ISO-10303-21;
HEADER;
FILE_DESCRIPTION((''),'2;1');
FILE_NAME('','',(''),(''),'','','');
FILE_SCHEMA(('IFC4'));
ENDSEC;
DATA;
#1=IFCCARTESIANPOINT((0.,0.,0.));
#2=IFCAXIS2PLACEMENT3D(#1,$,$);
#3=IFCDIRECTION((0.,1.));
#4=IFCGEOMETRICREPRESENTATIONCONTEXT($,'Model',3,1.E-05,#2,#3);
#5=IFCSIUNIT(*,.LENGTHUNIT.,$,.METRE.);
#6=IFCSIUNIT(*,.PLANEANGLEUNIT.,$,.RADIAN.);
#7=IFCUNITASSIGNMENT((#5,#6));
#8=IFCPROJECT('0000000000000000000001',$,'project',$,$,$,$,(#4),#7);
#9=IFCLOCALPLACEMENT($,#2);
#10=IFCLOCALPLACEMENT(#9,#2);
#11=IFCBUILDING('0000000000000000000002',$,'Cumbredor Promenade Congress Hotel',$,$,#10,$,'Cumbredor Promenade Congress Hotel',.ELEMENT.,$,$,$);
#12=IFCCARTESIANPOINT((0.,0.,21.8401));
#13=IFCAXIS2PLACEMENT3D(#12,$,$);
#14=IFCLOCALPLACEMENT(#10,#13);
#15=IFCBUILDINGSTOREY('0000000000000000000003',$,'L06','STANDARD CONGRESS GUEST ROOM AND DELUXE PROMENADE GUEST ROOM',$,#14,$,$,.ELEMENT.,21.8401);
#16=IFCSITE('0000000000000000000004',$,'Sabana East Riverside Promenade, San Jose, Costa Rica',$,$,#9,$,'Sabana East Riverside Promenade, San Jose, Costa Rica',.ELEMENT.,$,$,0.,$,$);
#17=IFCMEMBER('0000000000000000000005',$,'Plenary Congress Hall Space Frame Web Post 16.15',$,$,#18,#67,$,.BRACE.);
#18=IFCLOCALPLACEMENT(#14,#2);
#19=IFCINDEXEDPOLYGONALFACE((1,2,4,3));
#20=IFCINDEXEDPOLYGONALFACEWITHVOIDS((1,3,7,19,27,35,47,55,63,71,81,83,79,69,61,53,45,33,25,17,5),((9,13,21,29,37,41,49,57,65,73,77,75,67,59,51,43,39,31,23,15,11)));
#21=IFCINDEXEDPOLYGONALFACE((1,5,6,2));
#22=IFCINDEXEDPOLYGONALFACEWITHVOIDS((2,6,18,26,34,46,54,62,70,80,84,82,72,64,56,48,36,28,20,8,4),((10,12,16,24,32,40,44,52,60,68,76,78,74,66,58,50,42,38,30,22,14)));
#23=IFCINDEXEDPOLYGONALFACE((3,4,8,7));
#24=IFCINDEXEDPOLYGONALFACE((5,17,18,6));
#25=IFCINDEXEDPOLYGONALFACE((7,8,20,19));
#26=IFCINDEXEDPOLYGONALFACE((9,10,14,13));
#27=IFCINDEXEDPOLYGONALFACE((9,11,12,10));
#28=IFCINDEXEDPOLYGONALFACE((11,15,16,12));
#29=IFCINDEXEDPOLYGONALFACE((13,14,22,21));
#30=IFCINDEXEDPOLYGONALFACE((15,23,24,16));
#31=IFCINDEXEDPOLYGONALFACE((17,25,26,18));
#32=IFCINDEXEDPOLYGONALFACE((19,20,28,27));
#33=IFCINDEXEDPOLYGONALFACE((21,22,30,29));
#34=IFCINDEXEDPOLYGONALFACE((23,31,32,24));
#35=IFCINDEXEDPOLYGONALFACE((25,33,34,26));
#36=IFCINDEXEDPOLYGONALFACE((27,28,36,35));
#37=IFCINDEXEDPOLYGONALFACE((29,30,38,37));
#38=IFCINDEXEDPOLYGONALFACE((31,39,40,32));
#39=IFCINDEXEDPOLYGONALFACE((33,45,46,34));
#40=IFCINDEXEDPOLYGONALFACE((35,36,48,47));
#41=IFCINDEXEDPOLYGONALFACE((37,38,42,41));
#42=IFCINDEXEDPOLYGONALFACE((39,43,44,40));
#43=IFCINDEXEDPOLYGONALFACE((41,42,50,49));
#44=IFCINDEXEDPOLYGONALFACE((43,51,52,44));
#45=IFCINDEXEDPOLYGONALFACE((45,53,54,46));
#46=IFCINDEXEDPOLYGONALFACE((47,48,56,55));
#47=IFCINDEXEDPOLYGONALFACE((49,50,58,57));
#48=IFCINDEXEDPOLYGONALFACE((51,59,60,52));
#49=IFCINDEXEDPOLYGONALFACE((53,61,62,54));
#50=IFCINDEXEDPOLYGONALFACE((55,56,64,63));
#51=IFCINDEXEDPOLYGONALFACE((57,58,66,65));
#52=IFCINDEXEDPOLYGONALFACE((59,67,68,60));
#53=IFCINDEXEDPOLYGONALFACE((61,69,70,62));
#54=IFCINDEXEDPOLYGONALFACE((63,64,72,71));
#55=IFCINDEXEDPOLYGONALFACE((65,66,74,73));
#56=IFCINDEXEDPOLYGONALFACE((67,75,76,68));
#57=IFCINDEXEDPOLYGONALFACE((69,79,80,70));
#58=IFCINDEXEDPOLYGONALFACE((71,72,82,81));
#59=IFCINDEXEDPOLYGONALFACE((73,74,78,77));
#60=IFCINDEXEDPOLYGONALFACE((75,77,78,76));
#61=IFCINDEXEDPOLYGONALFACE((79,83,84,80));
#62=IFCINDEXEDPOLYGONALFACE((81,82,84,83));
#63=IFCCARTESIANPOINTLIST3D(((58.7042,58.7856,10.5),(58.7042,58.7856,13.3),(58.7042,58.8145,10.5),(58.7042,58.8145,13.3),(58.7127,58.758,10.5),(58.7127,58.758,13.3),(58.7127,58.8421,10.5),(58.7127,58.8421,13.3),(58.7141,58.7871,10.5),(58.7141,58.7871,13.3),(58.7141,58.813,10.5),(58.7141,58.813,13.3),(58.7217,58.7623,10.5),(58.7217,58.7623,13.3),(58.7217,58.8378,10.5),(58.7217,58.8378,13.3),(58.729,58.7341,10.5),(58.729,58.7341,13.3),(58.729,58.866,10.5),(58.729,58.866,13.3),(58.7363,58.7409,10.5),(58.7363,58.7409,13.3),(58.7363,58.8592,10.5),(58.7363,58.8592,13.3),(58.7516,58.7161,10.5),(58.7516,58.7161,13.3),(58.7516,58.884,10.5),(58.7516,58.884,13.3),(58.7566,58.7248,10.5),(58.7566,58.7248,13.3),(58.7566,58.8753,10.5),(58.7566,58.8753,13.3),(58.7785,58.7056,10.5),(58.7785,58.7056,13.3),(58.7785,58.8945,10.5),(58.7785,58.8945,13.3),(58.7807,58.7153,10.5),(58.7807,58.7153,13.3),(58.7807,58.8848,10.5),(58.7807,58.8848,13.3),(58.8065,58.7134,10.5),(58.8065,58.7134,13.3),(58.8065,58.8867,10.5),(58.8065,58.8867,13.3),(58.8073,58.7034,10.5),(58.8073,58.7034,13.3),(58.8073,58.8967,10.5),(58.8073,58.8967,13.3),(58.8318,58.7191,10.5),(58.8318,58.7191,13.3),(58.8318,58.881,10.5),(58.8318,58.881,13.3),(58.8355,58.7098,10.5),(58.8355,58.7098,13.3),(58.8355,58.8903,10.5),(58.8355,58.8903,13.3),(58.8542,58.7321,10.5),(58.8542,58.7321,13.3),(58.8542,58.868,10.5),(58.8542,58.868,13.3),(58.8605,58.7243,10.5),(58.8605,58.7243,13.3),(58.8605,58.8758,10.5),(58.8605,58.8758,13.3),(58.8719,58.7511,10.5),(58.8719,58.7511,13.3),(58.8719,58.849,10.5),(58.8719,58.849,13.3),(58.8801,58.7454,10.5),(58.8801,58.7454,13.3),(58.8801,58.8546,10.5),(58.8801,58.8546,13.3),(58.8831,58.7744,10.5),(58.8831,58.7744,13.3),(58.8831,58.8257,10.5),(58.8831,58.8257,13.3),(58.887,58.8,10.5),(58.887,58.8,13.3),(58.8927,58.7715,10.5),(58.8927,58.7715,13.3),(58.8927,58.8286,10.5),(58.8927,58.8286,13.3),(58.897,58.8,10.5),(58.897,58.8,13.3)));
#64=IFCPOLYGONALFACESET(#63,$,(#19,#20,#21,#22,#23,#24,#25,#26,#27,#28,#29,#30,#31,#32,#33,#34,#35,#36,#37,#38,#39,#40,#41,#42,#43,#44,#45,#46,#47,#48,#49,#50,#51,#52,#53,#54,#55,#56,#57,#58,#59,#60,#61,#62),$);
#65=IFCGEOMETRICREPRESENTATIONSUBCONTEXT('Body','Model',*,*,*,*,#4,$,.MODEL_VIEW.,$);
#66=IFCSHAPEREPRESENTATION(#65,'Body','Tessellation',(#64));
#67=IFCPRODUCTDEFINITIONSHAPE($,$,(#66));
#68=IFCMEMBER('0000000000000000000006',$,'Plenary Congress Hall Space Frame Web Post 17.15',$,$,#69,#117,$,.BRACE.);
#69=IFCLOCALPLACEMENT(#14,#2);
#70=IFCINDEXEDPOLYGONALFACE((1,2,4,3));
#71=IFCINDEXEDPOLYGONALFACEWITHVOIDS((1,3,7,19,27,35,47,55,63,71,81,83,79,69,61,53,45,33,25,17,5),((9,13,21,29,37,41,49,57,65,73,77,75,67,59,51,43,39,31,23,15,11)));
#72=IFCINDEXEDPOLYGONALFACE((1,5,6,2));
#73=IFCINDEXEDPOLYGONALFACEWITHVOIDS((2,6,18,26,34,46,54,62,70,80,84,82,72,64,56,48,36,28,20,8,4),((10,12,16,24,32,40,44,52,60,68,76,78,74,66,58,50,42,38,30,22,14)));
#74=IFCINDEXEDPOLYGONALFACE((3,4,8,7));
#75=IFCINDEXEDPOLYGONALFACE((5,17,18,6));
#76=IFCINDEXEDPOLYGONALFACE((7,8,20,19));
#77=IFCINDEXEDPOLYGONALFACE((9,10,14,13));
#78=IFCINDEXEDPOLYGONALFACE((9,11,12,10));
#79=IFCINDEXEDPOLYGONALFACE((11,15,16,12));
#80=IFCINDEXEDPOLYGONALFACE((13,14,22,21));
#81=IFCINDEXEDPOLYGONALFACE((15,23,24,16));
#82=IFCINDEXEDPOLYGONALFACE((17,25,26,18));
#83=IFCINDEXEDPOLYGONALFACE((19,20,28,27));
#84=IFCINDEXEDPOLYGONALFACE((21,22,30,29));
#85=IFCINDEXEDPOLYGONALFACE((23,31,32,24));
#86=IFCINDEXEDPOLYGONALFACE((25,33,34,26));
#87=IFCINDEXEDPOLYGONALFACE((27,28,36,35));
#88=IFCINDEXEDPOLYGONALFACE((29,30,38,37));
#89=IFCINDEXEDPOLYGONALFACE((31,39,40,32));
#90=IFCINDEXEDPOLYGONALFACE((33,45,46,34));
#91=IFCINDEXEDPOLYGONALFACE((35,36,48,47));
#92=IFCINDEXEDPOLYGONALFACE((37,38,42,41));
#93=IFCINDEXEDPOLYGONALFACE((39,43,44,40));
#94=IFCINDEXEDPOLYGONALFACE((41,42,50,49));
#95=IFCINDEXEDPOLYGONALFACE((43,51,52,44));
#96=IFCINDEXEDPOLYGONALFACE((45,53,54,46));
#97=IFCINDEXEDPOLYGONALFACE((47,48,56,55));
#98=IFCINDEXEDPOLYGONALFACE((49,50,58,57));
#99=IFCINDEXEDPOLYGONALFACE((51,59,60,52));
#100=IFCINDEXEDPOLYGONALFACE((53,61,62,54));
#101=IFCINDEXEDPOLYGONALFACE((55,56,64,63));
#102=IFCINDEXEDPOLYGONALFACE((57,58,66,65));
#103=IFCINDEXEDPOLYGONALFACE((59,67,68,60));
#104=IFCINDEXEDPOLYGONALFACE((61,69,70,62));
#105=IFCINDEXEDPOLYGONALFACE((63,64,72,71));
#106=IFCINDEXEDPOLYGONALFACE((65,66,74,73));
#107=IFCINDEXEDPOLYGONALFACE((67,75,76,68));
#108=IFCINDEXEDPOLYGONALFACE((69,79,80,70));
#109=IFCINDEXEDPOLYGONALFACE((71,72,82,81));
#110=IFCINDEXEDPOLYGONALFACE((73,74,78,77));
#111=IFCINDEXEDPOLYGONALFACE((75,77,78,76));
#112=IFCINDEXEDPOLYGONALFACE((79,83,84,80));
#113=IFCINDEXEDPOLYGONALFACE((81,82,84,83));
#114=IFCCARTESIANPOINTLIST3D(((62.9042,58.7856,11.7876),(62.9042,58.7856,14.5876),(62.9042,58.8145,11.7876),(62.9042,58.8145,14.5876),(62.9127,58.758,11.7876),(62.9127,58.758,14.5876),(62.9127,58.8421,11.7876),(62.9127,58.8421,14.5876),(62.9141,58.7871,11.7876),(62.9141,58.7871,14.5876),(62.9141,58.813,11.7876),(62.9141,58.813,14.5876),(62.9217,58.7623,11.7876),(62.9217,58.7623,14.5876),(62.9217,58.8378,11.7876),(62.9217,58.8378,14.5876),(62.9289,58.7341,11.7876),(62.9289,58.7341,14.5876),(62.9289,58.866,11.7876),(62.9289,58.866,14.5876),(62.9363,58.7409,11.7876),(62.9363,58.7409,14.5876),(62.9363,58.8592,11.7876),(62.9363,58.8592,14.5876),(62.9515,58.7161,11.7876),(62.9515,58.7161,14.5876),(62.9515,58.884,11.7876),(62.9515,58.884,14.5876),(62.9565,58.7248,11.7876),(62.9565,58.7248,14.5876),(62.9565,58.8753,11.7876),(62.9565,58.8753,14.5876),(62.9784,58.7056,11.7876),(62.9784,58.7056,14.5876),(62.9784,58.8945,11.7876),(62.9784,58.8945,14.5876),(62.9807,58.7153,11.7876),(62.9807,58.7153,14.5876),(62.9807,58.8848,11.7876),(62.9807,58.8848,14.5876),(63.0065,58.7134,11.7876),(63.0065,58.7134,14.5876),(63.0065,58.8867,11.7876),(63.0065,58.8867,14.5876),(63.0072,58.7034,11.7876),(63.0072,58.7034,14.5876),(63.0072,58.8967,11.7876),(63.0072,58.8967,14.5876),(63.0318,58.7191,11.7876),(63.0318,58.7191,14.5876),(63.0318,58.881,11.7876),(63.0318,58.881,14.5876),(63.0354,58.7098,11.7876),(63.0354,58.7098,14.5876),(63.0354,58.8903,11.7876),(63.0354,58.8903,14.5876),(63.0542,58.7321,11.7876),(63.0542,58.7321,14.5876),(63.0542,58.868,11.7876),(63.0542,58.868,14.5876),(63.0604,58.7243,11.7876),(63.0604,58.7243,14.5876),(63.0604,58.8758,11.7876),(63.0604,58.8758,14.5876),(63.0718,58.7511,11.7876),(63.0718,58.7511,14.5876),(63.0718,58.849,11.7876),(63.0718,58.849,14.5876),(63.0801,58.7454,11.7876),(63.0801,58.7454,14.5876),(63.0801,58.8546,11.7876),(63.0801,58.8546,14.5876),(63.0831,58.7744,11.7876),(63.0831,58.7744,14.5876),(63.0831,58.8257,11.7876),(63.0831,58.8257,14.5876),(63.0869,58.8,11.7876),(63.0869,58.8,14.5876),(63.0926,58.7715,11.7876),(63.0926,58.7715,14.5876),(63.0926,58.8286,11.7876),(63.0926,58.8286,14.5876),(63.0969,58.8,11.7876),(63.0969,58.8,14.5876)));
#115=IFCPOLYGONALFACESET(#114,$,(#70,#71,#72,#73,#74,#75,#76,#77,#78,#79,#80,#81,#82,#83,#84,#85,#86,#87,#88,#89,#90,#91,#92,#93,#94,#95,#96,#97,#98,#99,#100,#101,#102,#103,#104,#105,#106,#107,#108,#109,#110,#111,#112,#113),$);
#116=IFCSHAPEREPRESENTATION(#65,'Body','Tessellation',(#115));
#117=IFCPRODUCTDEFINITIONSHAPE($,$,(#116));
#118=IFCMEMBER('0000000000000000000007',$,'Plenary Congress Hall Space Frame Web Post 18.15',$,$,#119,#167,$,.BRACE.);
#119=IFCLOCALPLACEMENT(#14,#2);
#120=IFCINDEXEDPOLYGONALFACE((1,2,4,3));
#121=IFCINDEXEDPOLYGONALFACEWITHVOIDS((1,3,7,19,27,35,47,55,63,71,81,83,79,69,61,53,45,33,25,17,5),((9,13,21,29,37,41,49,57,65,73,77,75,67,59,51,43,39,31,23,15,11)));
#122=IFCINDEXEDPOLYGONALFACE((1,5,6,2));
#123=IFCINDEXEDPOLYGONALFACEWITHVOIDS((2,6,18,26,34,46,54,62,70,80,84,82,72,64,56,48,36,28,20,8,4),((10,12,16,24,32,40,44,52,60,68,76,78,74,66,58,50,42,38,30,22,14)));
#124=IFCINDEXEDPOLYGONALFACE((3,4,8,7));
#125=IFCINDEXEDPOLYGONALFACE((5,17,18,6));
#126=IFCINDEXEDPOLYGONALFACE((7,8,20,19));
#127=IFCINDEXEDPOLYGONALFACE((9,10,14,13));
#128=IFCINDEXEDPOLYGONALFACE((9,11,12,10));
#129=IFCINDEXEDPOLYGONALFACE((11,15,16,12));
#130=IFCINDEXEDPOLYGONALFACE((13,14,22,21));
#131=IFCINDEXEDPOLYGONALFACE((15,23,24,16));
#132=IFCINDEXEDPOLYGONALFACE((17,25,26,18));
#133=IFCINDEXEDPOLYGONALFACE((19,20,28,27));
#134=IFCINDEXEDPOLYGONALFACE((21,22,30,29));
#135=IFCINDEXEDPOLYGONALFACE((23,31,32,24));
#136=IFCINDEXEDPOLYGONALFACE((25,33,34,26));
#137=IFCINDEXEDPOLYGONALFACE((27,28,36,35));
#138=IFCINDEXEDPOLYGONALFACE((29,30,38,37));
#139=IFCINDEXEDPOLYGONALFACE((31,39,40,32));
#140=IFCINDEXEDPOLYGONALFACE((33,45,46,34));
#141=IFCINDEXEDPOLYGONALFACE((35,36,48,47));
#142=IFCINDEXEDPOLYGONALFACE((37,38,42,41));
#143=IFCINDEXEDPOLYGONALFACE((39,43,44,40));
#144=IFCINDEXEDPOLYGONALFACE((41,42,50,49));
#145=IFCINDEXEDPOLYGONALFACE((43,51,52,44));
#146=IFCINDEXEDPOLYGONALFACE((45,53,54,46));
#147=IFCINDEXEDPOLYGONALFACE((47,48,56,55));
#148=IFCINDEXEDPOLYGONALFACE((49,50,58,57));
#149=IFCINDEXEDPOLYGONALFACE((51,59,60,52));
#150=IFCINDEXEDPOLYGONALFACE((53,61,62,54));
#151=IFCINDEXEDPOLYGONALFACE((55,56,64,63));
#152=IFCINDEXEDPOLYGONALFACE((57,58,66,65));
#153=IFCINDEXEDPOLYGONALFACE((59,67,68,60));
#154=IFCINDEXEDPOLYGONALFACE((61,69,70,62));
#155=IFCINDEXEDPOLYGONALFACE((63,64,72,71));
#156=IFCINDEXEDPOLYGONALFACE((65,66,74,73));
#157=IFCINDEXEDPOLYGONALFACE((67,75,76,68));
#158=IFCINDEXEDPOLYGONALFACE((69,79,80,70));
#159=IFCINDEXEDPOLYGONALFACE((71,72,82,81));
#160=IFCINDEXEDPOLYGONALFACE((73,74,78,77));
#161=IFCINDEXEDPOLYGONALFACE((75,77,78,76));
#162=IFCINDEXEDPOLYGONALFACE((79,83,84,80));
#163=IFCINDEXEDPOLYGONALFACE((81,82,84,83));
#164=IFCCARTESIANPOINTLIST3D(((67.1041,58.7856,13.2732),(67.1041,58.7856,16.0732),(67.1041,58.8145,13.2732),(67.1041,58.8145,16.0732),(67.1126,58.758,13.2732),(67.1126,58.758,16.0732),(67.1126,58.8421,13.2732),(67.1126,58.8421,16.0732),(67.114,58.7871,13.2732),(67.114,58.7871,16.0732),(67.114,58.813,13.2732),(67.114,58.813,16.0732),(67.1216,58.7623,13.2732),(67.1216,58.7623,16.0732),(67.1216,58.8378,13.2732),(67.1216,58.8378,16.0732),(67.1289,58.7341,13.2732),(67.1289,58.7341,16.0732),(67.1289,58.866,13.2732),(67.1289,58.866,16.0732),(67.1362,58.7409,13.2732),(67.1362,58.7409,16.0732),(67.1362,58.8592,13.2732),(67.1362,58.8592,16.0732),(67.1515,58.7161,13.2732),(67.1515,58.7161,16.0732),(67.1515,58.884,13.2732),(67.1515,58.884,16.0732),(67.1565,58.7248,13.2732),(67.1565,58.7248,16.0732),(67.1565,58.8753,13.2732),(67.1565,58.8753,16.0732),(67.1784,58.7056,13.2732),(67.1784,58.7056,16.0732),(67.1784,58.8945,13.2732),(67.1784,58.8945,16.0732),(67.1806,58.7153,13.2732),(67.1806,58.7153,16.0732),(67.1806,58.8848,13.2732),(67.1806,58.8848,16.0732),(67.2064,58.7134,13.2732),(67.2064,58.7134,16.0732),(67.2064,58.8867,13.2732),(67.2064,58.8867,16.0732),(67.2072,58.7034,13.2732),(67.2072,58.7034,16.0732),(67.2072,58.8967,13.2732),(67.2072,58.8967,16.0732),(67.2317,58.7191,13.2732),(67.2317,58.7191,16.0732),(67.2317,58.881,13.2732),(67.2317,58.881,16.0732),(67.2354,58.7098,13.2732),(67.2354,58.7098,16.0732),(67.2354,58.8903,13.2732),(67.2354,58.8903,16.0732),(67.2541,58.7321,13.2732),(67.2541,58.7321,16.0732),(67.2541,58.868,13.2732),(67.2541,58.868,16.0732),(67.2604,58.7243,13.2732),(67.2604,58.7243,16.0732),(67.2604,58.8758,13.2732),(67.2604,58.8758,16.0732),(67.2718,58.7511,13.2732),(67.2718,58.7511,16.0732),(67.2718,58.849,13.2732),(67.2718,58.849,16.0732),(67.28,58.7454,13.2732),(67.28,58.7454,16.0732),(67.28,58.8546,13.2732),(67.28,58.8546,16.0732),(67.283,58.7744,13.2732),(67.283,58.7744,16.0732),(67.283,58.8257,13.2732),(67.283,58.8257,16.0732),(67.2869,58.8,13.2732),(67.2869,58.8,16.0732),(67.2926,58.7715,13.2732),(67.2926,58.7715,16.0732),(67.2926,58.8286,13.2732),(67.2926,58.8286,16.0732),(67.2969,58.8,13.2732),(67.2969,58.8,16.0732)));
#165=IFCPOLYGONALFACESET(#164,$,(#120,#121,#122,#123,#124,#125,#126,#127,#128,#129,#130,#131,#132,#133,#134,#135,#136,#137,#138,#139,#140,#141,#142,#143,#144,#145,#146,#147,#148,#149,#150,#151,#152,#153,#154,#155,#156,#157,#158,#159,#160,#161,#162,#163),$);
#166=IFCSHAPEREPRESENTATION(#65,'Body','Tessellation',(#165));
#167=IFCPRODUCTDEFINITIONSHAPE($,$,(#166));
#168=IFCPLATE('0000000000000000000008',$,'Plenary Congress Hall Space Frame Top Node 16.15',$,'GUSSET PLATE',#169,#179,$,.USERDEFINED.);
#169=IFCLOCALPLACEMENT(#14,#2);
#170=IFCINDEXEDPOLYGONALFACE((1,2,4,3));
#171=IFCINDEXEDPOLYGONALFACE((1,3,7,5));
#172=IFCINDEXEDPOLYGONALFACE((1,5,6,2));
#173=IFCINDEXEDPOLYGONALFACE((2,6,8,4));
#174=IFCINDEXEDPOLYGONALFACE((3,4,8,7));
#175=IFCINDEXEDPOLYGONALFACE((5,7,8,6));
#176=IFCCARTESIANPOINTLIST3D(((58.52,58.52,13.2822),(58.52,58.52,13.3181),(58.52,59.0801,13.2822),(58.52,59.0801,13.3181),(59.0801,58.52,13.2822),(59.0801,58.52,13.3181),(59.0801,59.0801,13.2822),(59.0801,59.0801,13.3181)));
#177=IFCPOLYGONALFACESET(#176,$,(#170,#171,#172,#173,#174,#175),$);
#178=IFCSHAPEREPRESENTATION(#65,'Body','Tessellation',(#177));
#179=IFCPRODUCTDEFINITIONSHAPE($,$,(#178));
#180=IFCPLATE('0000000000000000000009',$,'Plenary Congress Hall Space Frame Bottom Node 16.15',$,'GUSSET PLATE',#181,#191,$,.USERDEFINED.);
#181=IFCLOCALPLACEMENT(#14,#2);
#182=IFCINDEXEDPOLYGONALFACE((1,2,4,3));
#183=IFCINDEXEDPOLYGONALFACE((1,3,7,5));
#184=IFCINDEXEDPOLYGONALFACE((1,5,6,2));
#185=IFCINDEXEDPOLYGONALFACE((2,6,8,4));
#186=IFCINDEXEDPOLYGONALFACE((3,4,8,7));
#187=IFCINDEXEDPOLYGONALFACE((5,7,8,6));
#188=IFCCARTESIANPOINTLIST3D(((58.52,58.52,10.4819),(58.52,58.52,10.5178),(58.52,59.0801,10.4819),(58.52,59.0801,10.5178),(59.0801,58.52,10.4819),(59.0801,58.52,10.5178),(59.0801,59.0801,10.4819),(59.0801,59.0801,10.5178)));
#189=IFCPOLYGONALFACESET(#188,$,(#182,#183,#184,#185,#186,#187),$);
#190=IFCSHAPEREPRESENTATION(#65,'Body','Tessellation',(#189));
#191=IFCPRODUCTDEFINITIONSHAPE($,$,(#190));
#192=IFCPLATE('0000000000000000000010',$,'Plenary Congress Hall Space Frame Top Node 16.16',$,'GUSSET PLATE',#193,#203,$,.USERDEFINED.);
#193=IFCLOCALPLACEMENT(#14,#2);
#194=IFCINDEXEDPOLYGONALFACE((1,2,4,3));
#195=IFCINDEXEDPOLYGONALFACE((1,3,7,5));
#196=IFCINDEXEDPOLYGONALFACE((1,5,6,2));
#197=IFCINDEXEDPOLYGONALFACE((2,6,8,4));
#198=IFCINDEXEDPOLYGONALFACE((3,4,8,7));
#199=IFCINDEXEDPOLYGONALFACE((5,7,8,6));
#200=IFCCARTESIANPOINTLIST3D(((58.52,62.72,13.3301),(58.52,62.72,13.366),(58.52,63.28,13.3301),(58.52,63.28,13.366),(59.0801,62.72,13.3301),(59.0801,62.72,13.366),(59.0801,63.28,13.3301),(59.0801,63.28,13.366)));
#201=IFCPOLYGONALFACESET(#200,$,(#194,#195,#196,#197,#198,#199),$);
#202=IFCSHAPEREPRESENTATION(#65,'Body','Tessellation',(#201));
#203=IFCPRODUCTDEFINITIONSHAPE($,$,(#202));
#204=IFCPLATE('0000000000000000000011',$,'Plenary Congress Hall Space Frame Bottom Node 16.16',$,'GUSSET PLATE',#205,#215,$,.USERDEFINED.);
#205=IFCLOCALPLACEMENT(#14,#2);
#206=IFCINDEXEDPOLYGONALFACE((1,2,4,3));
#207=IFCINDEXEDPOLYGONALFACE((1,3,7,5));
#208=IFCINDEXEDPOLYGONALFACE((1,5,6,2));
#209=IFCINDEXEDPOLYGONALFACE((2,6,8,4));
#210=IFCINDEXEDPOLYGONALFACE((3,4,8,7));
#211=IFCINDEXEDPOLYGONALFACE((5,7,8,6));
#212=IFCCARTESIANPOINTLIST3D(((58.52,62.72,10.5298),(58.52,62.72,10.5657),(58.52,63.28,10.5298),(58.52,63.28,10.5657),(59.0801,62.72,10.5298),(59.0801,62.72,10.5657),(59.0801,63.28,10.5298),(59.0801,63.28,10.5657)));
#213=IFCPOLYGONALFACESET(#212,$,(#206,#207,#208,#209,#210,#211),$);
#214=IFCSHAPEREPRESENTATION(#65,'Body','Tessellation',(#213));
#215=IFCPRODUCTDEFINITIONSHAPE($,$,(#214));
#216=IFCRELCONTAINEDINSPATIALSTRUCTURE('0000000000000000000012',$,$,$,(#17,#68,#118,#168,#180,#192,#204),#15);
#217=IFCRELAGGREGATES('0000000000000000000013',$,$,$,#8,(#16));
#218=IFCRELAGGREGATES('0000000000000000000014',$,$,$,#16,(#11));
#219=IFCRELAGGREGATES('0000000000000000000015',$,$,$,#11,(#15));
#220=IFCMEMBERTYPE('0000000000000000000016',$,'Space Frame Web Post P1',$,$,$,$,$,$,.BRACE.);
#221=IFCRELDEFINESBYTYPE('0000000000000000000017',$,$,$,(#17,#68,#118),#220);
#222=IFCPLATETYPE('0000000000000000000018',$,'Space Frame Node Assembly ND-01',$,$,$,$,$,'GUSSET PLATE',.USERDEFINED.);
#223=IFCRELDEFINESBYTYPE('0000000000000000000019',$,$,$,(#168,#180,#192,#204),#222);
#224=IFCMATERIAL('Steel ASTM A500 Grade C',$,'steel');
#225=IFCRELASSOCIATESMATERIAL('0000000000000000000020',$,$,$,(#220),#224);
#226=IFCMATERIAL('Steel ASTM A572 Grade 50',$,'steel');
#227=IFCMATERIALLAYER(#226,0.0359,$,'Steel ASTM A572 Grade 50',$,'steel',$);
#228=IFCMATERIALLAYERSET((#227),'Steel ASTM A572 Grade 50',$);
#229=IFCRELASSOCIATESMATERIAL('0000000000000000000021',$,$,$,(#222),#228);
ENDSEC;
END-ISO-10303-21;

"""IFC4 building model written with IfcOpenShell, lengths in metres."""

from ifc_helpers import new_model, si_unit, direction, frame, origin, origin_2d, place, context, subcontext, project, spatial, rectangle, hollow_circle, extrude, material, layer, layer_set, material_profile, profile_set, type_object, element, save


model = new_model("IFC4")

# Units and contexts
model_context = context("Model", 3, precision=1e-05, world=origin(), true_north=direction((0.0, 1.0)))
body_context = subcontext(model_context, "Body", "Model", "MODEL_VIEW")
ifc_project = project(units=[si_unit("LENGTHUNIT", "METRE"), si_unit("PLANEANGLEUNIT", "RADIAN")], contexts=[model_context])

# Site, building, storey
site_placement = place(None, origin())
site = spatial("IfcSite", under=ifc_project, at=site_placement, Name="Sabana East Riverside Promenade, San Jose, Costa Rica", LongName="Sabana East Riverside Promenade, San Jose, Costa Rica", CompositionType="ELEMENT", RefElevation=0.0)
building_placement = place(site_placement, origin())
building = spatial("IfcBuilding", under=site, at=building_placement, Name="Cumbredor Promenade Congress Hotel", LongName="Cumbredor Promenade Congress Hotel", CompositionType="ELEMENT")
storey_placement = place(building_placement, frame((0.0, 0.0, 21.8401)))
storey = spatial("IfcBuildingStorey", under=building, at=storey_placement, Name="L06", Description="STANDARD CONGRESS GUEST ROOM AND DELUXE PROMENADE GUEST ROOM", CompositionType="ELEMENT", Elevation=21.8401)

# Members
ifc_material_1 = material(Name="Steel ASTM A500 Grade C", Category="steel")
ifc_material_profile_1 = material_profile(ifc_material_1, hollow_circle(Radius=0.0969, WallThickness=0.01, at=origin_2d()), Name="CHS 193.7x10")
ifc_profile_set_1 = profile_set([ifc_material_profile_1], Name="Steel ASTM A500 Grade C")
member_type_1 = type_object("IfcMemberType", Name="Space Frame Web Post P1", PredefinedType="BRACE", material=ifc_profile_set_1)
for number, where, z_axis, x_axis, name in (
    (1, (58.8, 58.8, 10.5), (0.0, 0.0, 1.0), (1.0, 0.0, 0.0), "Plenary Congress Hall Space Frame Web Post 16.15"),
    (2, (63.0, 58.8, 11.7876), (0.0, 0.0, 1.0), (1.0, 0.0, 0.0), "Plenary Congress Hall Space Frame Web Post 17.15"),
    (3, (67.2, 58.8, 13.2732), (0.0, 0.0, 1.0), (1.0, 0.0, 0.0), "Plenary Congress Hall Space Frame Web Post 18.15"),
):
    element("IfcMember", number, at=place(storey_placement, frame(where, z_axis=z_axis, x_axis=x_axis)), inside=storey, type_object=member_type_1, Name=name, PredefinedType="BRACE", context=body_context, shape_type="SweptSolid", body=[
        extrude(hollow_circle(Radius=0.0969, WallThickness=0.01, at=origin_2d()), origin(), (0.0, 0.0, 1.0), 2.8),
    ])

# Plates
ifc_material_2 = material(Name="Steel ASTM A572 Grade 50", Category="steel")
ifc_layer = layer(ifc_material_2, 0.0359, Name="Steel ASTM A572 Grade 50", Category="steel")
ifc_layer_set = layer_set([ifc_layer], Name="Steel ASTM A572 Grade 50")
plate_type = type_object("IfcPlateType", Name="Space Frame Node Assembly ND-01", ElementType="GUSSET PLATE", PredefinedType="USERDEFINED", material=ifc_layer_set)
for number, where, z_axis, x_axis, name in (
    (4, (58.8, 58.8, 13.2822), (0.0, 0.0, 1.0), (1.0, 0.0, 0.0), "Plenary Congress Hall Space Frame Top Node 16.15"),
    (5, (58.8, 58.8, 10.4819), (0.0, 0.0, 1.0), (1.0, 0.0, 0.0), "Plenary Congress Hall Space Frame Bottom Node 16.15"),
    (6, (58.8, 63.0, 13.3301), (0.0, 0.0, 1.0), (1.0, 0.0, 0.0), "Plenary Congress Hall Space Frame Top Node 16.16"),
    (7, (58.8, 63.0, 10.5298), (0.0, 0.0, 1.0), (1.0, 0.0, 0.0), "Plenary Congress Hall Space Frame Bottom Node 16.16"),
):
    element("IfcPlate", number, at=place(storey_placement, frame(where, z_axis=z_axis, x_axis=x_axis)), inside=storey, type_object=plate_type, Name=name, ObjectType="GUSSET PLATE", PredefinedType="USERDEFINED", context=body_context, shape_type="SweptSolid", body=[
        extrude(rectangle(XDim=0.5601, YDim=0.5601, at=origin_2d()), origin(), (0.0, 0.0, 1.0), 0.0359),
    ])

save(model, "model.ifc")
